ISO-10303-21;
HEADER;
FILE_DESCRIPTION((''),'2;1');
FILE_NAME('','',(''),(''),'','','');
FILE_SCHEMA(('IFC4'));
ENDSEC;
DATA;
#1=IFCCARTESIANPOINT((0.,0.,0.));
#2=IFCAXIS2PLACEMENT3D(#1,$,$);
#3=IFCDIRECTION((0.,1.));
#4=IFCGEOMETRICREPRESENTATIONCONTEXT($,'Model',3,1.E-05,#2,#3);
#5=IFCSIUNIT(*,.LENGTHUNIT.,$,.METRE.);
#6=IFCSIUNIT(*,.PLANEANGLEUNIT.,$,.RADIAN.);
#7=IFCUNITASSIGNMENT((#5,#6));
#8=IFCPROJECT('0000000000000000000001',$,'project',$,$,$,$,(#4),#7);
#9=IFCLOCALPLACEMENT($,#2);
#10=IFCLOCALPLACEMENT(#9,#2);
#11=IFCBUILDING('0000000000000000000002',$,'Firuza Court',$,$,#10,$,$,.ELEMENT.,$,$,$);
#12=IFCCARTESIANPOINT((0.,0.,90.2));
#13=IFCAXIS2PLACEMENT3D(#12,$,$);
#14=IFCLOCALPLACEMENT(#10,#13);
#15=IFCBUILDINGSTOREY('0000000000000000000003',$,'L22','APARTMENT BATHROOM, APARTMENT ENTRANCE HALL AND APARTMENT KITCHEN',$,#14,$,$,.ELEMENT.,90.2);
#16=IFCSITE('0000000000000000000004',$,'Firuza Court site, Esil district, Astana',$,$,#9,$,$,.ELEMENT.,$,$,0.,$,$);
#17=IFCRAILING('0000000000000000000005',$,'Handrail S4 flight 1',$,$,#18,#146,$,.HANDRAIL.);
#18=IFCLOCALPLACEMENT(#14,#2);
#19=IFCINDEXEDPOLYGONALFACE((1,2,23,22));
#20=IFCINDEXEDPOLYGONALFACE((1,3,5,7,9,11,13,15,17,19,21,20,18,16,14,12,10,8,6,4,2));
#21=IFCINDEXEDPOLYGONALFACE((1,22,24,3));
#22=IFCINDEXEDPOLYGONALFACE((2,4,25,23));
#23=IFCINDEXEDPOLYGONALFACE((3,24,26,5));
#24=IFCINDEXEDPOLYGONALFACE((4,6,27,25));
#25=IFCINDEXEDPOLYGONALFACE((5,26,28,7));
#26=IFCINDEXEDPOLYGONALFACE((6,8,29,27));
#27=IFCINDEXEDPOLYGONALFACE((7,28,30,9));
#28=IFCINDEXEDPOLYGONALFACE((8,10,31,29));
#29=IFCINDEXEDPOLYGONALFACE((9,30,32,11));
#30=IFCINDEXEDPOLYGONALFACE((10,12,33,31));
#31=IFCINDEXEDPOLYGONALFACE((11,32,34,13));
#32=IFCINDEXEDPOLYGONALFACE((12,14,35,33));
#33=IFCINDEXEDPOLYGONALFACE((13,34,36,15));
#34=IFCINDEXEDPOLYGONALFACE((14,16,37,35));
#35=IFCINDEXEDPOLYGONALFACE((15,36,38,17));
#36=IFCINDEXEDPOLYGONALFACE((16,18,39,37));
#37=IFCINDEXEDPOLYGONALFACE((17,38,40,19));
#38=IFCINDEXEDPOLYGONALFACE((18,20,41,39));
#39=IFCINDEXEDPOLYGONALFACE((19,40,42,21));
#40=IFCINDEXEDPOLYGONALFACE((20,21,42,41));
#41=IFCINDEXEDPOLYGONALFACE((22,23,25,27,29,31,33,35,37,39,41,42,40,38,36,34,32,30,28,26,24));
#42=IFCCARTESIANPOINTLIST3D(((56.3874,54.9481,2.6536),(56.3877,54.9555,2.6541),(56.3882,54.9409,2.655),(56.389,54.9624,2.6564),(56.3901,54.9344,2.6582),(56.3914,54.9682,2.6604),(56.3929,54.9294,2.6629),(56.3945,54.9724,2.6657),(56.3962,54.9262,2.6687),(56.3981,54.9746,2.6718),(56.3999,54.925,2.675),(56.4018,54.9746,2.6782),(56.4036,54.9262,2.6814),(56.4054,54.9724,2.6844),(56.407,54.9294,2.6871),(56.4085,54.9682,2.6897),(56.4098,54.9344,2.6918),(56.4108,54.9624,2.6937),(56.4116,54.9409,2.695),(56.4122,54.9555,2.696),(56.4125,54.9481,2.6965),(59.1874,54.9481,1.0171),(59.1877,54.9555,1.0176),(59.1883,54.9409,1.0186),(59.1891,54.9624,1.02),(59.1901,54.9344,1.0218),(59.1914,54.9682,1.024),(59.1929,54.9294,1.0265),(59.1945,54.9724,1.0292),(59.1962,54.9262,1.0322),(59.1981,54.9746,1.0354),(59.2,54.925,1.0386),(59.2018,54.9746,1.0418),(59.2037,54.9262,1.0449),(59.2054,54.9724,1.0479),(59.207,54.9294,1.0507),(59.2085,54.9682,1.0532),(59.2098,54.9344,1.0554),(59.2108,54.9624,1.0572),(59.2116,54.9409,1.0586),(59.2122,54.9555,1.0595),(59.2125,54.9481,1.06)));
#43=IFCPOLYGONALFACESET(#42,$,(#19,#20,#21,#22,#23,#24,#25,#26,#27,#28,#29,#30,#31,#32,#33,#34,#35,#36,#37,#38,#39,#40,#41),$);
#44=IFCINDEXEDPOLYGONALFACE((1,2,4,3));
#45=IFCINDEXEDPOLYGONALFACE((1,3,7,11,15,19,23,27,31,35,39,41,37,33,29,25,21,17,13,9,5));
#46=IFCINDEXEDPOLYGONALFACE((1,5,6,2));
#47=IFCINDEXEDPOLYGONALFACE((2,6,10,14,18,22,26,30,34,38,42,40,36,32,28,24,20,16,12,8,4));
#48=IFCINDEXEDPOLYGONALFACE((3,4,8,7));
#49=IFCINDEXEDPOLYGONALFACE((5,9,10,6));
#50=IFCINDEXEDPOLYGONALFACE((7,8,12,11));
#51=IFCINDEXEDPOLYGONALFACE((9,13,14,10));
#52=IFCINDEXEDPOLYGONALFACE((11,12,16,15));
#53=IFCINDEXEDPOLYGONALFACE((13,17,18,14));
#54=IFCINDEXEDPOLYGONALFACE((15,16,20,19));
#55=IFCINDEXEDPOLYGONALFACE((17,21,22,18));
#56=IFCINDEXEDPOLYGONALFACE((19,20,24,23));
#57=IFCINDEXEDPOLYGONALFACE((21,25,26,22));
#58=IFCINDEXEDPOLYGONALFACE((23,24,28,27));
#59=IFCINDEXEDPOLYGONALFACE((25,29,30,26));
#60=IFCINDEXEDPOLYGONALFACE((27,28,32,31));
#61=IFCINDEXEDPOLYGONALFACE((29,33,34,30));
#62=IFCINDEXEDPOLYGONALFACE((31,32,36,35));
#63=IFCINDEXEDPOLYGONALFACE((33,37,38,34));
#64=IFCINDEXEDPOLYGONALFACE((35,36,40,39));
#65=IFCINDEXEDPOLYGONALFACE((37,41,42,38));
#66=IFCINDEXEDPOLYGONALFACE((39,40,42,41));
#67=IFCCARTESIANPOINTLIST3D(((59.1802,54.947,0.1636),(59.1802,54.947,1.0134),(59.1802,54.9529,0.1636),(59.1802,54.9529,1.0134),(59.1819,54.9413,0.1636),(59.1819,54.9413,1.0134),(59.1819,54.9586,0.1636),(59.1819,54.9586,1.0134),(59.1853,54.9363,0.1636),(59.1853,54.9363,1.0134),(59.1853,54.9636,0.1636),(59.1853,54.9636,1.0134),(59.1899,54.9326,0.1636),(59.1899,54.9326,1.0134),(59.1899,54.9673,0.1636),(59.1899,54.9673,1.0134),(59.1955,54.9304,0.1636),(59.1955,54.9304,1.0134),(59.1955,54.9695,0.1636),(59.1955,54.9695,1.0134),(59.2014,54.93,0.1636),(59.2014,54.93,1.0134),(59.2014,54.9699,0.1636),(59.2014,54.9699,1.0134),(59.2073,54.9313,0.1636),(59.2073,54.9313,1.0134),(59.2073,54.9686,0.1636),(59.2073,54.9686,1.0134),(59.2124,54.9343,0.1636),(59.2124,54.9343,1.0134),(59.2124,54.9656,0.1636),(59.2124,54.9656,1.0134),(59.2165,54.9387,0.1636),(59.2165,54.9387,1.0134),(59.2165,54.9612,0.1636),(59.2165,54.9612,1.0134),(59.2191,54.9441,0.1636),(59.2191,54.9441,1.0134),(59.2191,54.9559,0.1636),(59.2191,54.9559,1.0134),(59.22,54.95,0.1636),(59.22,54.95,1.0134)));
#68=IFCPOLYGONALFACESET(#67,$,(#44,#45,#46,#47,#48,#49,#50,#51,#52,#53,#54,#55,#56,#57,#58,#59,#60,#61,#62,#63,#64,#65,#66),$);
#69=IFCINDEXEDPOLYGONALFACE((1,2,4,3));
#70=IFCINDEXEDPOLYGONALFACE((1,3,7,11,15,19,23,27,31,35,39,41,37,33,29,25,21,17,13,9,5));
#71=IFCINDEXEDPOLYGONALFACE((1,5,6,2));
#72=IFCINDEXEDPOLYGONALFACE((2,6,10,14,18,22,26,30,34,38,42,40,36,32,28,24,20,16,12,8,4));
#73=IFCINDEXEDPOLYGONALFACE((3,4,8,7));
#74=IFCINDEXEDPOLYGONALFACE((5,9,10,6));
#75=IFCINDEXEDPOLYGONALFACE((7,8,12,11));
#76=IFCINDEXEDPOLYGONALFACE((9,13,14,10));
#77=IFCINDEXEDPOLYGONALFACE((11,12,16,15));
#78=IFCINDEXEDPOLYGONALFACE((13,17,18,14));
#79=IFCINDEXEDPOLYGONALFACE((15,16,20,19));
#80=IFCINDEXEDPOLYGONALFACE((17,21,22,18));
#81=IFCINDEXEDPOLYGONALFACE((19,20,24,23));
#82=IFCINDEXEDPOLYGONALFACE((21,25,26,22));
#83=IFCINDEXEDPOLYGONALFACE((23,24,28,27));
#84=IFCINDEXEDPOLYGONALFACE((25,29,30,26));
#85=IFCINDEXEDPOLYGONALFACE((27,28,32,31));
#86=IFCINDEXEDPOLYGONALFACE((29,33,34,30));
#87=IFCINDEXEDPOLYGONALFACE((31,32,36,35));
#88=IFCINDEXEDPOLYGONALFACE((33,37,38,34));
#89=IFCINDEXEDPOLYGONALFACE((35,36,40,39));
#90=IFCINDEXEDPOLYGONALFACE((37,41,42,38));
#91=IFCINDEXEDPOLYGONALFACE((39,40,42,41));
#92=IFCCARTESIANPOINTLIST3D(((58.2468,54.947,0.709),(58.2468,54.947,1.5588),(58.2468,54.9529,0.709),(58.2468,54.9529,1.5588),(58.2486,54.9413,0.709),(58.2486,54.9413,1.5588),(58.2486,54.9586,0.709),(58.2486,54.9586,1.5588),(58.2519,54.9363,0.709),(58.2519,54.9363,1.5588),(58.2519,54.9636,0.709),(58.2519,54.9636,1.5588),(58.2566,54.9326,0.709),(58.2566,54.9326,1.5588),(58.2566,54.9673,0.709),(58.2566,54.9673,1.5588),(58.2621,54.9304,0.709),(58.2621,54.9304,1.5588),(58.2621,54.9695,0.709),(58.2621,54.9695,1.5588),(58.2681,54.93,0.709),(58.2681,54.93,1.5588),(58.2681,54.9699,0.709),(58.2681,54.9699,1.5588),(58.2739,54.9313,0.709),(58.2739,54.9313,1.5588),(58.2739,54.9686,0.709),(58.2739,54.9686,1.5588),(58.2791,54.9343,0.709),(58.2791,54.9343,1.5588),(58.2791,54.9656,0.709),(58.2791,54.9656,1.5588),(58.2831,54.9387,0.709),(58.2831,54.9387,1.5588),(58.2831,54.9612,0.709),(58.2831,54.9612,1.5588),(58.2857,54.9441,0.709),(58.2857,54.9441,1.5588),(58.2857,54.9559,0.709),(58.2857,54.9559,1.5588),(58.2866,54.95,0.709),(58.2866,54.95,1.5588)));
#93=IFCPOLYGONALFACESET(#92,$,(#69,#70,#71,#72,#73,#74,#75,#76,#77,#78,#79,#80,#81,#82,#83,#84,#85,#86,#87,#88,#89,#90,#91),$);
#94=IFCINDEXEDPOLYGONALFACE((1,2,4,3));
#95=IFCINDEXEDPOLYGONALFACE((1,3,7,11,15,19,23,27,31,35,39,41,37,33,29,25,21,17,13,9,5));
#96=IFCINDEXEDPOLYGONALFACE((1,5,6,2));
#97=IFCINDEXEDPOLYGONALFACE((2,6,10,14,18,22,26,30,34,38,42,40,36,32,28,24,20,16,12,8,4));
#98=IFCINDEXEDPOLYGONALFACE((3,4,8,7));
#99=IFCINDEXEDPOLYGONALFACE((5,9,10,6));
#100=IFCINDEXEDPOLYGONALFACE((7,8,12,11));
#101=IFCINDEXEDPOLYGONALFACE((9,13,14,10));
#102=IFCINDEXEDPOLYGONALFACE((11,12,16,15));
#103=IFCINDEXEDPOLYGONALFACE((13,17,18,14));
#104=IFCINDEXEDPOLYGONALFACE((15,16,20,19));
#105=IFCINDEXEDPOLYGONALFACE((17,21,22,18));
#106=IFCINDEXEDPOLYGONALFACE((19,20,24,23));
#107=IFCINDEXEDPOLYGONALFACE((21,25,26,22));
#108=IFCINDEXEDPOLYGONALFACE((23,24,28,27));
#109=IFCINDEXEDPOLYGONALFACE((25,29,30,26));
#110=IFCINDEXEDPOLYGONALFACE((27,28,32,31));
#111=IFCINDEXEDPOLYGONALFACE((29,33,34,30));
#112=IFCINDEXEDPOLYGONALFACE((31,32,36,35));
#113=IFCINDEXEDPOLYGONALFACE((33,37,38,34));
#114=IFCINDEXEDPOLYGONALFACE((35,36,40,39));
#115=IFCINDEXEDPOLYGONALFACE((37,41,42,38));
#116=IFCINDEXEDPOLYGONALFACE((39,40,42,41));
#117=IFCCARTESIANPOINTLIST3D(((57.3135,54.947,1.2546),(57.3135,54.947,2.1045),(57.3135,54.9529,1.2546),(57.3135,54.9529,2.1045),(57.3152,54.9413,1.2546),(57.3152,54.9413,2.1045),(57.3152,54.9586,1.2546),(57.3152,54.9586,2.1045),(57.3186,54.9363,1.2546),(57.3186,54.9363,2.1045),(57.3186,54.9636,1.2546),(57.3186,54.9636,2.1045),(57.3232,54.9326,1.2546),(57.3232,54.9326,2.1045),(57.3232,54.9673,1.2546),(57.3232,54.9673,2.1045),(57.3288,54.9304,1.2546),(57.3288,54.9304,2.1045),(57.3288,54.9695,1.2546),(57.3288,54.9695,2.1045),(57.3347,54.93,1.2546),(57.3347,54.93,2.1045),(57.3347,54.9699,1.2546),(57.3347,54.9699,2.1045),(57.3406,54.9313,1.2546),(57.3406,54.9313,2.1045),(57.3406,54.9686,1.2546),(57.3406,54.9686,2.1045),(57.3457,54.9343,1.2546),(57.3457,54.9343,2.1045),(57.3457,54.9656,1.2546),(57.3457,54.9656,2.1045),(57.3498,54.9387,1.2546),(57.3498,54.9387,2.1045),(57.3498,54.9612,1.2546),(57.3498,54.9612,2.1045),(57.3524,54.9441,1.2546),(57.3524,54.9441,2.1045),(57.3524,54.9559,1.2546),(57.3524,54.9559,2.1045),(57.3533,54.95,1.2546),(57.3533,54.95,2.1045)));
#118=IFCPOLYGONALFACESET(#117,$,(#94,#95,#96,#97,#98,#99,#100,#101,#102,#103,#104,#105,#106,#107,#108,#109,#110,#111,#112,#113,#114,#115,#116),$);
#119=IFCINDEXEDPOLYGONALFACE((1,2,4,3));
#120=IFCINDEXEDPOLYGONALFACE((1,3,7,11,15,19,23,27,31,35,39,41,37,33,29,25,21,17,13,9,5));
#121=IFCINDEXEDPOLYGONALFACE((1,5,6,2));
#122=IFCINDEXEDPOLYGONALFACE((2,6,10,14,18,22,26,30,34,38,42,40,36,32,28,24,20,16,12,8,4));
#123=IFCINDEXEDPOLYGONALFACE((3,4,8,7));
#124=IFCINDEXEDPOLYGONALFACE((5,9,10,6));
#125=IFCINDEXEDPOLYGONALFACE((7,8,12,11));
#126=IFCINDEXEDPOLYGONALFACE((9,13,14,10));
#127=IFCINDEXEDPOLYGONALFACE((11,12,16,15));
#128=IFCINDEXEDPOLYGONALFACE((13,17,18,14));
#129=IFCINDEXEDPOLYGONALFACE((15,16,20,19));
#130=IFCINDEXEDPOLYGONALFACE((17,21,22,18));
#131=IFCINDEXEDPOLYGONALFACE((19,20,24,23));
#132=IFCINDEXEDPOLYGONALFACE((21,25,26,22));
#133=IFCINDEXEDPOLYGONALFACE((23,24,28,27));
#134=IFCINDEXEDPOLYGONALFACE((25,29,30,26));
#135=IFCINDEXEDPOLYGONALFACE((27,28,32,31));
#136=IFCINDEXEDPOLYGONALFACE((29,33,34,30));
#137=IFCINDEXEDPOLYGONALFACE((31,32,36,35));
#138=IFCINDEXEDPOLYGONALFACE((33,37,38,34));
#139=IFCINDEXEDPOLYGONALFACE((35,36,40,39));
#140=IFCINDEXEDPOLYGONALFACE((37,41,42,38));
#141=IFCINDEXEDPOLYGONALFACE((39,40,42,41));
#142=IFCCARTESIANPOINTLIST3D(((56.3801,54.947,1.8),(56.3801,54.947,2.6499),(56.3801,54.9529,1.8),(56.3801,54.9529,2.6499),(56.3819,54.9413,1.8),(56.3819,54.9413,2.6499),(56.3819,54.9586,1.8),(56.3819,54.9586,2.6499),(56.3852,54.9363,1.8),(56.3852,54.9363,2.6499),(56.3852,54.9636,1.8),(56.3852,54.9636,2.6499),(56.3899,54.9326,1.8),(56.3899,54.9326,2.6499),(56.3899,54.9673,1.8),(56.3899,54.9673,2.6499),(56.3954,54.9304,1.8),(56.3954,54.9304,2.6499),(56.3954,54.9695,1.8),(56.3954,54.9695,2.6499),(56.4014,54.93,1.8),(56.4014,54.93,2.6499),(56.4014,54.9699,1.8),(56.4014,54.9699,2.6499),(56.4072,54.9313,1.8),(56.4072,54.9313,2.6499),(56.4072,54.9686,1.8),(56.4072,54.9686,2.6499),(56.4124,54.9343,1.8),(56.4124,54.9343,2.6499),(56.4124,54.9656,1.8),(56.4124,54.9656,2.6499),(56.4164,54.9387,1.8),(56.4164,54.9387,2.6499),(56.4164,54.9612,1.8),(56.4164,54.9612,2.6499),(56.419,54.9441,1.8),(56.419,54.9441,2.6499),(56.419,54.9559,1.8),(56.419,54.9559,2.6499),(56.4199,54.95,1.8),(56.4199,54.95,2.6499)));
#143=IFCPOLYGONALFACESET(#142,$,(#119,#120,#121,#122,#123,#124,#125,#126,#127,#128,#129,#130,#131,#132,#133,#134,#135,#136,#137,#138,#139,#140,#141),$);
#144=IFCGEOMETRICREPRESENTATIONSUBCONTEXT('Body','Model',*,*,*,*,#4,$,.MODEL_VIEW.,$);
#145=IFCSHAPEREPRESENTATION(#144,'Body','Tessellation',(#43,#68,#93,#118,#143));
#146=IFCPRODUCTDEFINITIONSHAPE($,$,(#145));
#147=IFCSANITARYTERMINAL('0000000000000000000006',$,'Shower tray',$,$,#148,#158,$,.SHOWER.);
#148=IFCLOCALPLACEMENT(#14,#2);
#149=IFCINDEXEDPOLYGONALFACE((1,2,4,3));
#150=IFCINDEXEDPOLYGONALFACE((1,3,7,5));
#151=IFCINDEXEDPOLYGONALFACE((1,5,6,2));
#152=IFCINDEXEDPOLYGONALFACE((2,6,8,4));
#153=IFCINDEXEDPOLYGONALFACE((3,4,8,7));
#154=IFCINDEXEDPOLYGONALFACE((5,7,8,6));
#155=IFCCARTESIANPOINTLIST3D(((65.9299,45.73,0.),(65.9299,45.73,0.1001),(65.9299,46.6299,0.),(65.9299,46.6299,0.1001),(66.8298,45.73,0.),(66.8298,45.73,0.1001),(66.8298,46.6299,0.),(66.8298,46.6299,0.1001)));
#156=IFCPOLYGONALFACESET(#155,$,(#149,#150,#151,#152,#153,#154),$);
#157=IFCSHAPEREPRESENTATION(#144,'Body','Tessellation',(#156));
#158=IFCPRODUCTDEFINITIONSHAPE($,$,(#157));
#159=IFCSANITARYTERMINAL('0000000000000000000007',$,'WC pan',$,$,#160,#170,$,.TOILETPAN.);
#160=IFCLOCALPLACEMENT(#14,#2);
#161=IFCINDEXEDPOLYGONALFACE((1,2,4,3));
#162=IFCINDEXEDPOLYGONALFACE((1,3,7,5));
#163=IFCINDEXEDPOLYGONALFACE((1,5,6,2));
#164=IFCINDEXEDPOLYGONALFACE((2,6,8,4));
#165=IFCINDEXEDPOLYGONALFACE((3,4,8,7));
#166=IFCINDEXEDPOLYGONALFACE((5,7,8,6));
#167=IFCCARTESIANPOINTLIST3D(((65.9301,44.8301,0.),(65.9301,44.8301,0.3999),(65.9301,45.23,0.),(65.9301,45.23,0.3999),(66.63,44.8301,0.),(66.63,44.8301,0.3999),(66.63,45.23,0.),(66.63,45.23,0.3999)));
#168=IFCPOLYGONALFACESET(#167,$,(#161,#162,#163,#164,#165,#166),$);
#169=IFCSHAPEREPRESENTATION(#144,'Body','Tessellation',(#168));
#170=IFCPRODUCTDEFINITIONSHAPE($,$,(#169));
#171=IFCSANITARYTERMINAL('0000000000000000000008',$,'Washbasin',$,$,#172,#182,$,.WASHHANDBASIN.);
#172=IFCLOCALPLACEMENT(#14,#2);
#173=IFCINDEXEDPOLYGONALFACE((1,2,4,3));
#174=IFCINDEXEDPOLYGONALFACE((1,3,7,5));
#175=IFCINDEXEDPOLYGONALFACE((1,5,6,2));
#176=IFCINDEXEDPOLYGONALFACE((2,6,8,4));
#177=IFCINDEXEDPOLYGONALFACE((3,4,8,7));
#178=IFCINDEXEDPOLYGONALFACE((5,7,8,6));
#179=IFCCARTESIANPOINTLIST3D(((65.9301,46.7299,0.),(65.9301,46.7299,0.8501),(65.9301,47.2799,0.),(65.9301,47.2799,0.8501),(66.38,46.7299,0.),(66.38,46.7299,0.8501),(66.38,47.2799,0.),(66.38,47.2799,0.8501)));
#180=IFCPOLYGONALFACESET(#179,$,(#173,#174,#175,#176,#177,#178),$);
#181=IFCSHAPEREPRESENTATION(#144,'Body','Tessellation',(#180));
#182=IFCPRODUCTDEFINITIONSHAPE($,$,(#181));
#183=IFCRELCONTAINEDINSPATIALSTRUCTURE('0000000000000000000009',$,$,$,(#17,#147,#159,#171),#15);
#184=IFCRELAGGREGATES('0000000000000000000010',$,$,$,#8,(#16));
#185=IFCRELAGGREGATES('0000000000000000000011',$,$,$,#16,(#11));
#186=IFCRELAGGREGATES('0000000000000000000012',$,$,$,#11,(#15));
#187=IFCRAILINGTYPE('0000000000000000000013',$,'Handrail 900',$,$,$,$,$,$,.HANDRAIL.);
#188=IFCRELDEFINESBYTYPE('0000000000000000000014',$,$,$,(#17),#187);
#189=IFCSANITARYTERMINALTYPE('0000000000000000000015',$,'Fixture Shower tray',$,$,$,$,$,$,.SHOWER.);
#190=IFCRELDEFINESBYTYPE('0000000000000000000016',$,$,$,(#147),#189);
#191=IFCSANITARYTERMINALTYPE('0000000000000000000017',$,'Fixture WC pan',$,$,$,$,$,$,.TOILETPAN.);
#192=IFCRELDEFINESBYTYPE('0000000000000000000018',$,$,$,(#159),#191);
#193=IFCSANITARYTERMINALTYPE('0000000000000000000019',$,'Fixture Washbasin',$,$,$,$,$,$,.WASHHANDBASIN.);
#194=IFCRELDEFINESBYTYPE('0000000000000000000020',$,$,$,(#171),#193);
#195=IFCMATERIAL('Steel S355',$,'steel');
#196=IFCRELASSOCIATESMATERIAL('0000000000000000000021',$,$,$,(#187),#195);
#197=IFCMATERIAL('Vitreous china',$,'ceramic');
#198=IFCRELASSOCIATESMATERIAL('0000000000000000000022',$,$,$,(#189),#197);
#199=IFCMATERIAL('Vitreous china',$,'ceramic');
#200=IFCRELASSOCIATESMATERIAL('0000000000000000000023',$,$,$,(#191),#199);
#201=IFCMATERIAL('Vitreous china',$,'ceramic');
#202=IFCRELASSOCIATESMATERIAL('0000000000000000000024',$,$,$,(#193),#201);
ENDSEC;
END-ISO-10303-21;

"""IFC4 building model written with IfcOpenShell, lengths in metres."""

from ifc_helpers import new_model, si_unit, direction, frame, origin, origin_2d, place, context, subcontext, project, spatial, rectangle, circle, extrude, material, type_object, element, save


model = new_model("IFC4")

# Units and contexts
model_context = context("Model", 3, precision=1e-05, world=origin(), true_north=direction((0.0, 1.0)))
body_context = subcontext(model_context, "Body", "Model", "MODEL_VIEW")
ifc_project = project(units=[si_unit("LENGTHUNIT", "METRE"), si_unit("PLANEANGLEUNIT", "RADIAN")], contexts=[model_context])

# Site, building, storey
site_placement = place(None, origin())
site = spatial("IfcSite", under=ifc_project, at=site_placement, Name="Firuza Court site, Esil district, Astana", CompositionType="ELEMENT", RefElevation=0.0)
building_placement = place(site_placement, origin())
building = spatial("IfcBuilding", under=site, at=building_placement, Name="Firuza Court", CompositionType="ELEMENT")
storey_placement = place(building_placement, frame((0.0, 0.0, 90.2)))
storey = spatial("IfcBuildingStorey", under=building, at=storey_placement, Name="L22", Description="APARTMENT BATHROOM, APARTMENT ENTRANCE HALL AND APARTMENT KITCHEN", CompositionType="ELEMENT", Elevation=90.2)

# Railing
ifc_material_1 = material(Name="Steel S355", Category="steel")
railing_type_1 = type_object("IfcRailingType", Name="Handrail 900", PredefinedType="HANDRAIL", material=ifc_material_1)
railing_1_placement = place(storey_placement, frame((59.2, 54.95, 0.1636)))
element("IfcRailing", 1, at=railing_1_placement, inside=storey, type_object=railing_type_1, Name="Handrail S4 flight 1", PredefinedType="HANDRAIL", context=body_context, shape_type="SweptSolid", body=[
    extrude(circle(Radius=0.0249, at=origin_2d()), frame((0.0, 0.0, 0.875), z_axis=(-0.863361, 0.0, 0.504587), x_axis=(0.0, -1.0, 0.0)), (0.0, 0.0, 1.0), 3.2432),
    extrude(circle(Radius=0.02, at=origin_2d()), origin(), (0.0, 0.0, 1.0), 0.8499),
    extrude(circle(Radius=0.02, at=origin_2d()), frame((-0.9333, 0.0, 0.5454)), (0.0, 0.0, 1.0), 0.8499),
    extrude(circle(Radius=0.02, at=origin_2d()), frame((-1.8667, 0.0, 1.0911)), (0.0, 0.0, 1.0), 0.8499),
    extrude(circle(Radius=0.02, at=origin_2d()), frame((-2.8, 0.0, 1.6365)), (0.0, 0.0, 1.0), 0.8499),
])

# Sanitary terminals
ifc_material_2 = material(Name="Vitreous china", Category="ceramic")
sanitary_terminal_type_1 = type_object("IfcSanitaryTerminalType", Name="Fixture Shower tray", PredefinedType="SHOWER", material=ifc_material_2)
sanitary_terminal_1_placement = place(storey_placement, frame((66.3799, 46.1799, 0.0), z_axis=(0.0, 0.0, 1.0), x_axis=(1.0, 0.0, 0.0)))
element("IfcSanitaryTerminal", 2, at=sanitary_terminal_1_placement, inside=storey, type_object=sanitary_terminal_type_1, Name="Shower tray", PredefinedType="SHOWER", context=body_context, shape_type="SweptSolid", body=[
    extrude(rectangle(XDim=0.8999, YDim=0.8999, at=origin_2d()), origin(), (0.0, 0.0, 1.0), 0.1001),
])
ifc_material_3 = material(Name="Vitreous china", Category="ceramic")
sanitary_terminal_type_2 = type_object("IfcSanitaryTerminalType", Name="Fixture WC pan", PredefinedType="TOILETPAN", material=ifc_material_3)
sanitary_terminal_2_placement = place(storey_placement, frame((66.28, 45.03, 0.0), z_axis=(0.0, 0.0, 1.0), x_axis=(1.0, 0.0, 0.0)))
element("IfcSanitaryTerminal", 3, at=sanitary_terminal_2_placement, inside=storey, type_object=sanitary_terminal_type_2, Name="WC pan", PredefinedType="TOILETPAN", context=body_context, shape_type="SweptSolid", body=[
    extrude(rectangle(XDim=0.7, YDim=0.3999, at=origin_2d()), origin(), (0.0, 0.0, 1.0), 0.3999),
])
ifc_material_4 = material(Name="Vitreous china", Category="ceramic")
sanitary_terminal_type_3 = type_object("IfcSanitaryTerminalType", Name="Fixture Washbasin", PredefinedType="WASHHANDBASIN", material=ifc_material_4)
sanitary_terminal_3_placement = place(storey_placement, frame((66.155, 47.0049, 0.0), z_axis=(0.0, 0.0, 1.0), x_axis=(1.0, 0.0, 0.0)))
element("IfcSanitaryTerminal", 4, at=sanitary_terminal_3_placement, inside=storey, type_object=sanitary_terminal_type_3, Name="Washbasin", PredefinedType="WASHHANDBASIN", context=body_context, shape_type="SweptSolid", body=[
    extrude(rectangle(XDim=0.45, YDim=0.55, at=origin_2d()), origin(), (0.0, 0.0, 1.0), 0.8501),
])

save(model, "model.ifc")
